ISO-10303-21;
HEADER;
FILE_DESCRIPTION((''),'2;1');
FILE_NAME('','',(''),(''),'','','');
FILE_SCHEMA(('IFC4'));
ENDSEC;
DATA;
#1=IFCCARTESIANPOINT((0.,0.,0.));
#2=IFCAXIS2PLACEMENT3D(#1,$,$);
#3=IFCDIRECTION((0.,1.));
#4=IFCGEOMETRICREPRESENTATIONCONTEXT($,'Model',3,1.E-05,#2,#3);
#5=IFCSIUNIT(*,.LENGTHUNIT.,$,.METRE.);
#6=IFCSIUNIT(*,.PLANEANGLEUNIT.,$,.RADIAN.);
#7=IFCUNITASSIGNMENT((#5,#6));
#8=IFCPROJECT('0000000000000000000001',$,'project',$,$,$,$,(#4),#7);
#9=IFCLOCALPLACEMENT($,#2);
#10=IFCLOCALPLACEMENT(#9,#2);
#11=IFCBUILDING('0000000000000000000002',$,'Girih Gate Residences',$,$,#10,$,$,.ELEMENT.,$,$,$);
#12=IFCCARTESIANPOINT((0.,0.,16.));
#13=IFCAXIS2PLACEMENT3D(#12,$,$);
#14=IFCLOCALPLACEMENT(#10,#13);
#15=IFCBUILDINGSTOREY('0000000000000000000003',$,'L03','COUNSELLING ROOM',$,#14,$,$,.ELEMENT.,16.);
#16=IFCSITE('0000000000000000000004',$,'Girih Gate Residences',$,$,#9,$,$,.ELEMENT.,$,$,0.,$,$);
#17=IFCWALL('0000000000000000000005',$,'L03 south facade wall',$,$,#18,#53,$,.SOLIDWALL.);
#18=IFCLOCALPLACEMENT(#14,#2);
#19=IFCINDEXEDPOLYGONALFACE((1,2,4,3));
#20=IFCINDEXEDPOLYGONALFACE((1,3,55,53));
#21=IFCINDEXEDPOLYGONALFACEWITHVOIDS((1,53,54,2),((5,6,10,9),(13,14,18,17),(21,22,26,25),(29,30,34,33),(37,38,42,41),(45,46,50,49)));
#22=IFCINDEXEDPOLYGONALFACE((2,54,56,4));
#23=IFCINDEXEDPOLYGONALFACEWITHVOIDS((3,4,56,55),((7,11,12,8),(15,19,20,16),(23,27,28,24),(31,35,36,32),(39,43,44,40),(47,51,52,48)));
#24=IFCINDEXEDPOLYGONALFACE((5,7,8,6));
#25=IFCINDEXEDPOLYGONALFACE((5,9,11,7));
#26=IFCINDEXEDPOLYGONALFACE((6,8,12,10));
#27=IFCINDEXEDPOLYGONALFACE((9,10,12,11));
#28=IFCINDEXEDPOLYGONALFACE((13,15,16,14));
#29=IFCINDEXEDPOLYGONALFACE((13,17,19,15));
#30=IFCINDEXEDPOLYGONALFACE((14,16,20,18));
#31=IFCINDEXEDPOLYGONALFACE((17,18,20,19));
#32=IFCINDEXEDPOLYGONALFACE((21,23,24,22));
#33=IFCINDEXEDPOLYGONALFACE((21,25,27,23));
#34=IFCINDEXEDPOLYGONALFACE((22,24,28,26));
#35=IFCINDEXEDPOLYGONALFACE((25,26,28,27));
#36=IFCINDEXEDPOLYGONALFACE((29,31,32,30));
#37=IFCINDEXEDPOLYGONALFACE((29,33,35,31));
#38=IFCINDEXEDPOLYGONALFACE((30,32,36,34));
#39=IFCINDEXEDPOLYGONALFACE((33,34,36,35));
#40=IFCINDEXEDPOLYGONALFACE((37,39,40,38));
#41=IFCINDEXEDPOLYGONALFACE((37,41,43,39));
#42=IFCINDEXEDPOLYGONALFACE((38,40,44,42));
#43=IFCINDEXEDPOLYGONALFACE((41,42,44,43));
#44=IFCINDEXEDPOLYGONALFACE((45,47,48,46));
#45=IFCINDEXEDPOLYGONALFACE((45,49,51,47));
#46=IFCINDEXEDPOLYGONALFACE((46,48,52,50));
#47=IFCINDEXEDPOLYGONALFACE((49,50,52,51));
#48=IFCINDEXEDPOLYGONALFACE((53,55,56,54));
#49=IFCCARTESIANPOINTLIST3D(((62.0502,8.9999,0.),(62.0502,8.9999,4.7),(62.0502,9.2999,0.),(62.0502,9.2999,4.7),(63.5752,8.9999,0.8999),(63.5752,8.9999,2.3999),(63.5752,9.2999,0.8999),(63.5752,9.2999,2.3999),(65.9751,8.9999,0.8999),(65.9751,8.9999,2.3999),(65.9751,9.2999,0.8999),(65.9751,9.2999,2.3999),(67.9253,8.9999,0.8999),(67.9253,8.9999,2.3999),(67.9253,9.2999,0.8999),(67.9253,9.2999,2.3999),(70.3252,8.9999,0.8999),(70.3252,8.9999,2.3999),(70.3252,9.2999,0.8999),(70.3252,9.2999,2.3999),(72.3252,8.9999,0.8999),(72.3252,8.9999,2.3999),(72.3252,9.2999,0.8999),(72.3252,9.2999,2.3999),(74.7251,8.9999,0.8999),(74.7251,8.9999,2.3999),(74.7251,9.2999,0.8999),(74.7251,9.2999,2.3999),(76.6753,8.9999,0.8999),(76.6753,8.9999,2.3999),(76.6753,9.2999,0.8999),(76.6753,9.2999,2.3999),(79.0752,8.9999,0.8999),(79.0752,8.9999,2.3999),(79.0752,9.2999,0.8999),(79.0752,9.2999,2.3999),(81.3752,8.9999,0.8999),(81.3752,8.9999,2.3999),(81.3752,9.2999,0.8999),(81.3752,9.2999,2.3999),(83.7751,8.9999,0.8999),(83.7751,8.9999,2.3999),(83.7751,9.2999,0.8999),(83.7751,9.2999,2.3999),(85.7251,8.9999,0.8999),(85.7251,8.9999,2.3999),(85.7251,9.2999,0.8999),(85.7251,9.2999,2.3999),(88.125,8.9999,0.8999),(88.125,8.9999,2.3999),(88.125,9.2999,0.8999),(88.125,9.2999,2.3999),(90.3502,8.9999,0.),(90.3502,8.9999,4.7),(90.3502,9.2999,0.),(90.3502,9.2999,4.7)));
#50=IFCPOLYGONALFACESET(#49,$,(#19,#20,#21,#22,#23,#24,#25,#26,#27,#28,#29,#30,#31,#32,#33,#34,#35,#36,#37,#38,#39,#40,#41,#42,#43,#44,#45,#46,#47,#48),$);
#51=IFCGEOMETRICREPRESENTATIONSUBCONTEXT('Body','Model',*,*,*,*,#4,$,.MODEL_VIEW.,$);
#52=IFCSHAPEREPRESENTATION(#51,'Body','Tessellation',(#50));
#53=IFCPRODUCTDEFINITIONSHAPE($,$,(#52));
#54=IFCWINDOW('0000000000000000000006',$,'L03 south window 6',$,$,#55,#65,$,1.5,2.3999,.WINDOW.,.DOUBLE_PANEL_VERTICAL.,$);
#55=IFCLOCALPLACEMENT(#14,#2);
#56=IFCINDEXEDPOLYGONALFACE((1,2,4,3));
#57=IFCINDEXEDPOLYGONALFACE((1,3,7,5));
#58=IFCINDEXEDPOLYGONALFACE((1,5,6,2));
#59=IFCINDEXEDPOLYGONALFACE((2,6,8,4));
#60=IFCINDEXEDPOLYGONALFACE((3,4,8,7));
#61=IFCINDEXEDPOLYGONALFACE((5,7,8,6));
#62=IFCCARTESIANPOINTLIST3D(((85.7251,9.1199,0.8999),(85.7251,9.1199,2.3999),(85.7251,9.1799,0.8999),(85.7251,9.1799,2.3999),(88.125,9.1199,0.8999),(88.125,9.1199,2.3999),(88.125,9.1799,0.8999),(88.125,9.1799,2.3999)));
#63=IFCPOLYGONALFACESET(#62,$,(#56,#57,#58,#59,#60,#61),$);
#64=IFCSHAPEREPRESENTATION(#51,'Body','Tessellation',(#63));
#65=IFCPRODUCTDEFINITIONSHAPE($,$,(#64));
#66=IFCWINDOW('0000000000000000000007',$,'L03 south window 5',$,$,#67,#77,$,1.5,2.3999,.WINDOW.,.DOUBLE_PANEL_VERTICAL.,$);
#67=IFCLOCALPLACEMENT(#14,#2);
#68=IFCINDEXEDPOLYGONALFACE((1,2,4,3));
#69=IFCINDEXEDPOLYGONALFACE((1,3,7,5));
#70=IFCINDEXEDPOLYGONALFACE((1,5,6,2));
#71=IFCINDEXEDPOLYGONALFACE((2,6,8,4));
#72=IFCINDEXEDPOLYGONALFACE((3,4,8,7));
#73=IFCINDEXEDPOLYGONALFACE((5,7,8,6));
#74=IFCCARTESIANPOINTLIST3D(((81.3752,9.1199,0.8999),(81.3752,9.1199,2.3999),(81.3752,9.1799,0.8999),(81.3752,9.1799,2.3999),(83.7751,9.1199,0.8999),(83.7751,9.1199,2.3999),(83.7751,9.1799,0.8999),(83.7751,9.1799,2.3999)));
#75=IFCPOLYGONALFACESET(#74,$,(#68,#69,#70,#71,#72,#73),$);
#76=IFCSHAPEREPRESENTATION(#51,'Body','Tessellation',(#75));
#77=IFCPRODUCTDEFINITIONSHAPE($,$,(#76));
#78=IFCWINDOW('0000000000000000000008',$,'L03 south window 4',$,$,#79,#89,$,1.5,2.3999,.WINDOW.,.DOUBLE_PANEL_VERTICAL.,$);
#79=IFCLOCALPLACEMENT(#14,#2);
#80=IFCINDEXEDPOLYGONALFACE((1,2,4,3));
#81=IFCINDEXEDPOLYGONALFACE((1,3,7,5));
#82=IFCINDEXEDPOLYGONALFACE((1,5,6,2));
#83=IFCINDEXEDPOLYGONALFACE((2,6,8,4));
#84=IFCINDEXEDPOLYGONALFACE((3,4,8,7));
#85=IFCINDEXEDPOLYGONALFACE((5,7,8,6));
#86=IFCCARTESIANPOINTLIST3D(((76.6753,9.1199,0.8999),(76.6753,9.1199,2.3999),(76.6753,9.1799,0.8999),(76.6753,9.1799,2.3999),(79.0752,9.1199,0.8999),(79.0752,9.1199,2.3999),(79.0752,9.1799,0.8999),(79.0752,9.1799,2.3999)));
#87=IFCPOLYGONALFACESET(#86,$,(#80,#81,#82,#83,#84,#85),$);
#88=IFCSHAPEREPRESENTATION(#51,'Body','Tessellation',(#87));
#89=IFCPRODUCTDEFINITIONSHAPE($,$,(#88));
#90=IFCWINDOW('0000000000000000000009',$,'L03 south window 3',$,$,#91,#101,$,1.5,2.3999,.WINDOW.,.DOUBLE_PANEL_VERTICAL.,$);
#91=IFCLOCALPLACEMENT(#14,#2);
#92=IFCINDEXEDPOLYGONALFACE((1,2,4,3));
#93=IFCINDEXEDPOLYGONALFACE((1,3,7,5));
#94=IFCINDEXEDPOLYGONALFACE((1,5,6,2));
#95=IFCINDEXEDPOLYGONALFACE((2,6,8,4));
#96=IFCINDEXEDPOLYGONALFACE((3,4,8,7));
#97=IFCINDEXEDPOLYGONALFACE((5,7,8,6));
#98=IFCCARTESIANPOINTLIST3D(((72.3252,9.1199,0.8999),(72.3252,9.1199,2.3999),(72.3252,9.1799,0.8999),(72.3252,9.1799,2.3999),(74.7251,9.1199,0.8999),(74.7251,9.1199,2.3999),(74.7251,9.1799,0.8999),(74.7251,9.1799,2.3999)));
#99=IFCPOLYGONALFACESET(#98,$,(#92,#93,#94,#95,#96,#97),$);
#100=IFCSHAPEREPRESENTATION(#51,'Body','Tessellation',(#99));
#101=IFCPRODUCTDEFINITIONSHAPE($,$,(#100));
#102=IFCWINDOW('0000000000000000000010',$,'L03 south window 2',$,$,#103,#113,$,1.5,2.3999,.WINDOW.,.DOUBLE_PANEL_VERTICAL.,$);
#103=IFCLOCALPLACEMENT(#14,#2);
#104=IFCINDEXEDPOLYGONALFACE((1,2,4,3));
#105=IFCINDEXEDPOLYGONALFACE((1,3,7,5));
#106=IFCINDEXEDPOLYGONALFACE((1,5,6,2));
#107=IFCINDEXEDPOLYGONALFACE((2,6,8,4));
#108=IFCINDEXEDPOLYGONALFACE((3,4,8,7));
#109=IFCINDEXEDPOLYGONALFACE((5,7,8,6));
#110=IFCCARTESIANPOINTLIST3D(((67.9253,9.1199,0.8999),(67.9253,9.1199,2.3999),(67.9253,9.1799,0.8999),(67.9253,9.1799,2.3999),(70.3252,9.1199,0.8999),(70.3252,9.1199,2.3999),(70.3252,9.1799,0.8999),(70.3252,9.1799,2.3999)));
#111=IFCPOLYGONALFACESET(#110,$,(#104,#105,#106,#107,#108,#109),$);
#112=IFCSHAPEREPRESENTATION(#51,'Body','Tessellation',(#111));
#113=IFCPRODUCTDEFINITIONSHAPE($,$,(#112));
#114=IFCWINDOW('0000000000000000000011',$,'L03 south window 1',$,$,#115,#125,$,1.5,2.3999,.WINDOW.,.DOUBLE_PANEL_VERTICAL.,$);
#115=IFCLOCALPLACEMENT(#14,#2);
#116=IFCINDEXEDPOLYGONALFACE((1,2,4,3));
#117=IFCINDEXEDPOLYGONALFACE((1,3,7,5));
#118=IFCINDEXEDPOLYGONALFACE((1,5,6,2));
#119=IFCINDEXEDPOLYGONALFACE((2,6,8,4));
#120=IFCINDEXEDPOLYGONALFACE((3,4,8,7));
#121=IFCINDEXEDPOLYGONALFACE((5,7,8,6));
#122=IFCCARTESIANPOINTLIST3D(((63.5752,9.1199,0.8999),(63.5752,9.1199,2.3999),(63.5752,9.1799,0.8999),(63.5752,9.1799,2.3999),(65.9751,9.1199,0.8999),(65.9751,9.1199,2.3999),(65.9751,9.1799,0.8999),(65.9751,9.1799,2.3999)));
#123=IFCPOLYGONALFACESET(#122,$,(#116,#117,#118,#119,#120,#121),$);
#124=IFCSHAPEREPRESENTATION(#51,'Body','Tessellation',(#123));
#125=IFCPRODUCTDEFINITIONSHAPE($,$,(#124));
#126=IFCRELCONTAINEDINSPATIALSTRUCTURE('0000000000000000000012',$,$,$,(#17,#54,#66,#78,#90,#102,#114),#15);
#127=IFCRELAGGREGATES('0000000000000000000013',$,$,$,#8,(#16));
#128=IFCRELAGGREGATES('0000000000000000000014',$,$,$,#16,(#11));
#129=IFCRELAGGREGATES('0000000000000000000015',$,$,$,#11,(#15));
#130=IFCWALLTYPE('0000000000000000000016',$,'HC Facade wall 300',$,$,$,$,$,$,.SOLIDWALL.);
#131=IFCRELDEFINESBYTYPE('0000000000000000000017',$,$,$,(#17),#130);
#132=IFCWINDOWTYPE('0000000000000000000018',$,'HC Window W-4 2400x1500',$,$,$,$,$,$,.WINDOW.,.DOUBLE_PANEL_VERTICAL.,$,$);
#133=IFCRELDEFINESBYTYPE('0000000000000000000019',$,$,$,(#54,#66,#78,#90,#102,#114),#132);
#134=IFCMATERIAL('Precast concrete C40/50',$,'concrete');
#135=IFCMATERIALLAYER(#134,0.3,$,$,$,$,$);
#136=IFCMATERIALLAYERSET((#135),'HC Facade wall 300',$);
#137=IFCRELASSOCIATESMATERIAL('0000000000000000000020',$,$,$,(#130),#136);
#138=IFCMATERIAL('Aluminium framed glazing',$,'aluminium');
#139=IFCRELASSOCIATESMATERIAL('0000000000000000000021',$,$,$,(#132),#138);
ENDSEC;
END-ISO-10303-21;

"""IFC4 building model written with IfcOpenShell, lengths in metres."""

from ifc_helpers import new_model, si_unit, direction, frame, frame_2d, origin, place, context, subcontext, project, spatial, rectangle, extrude, material, layer, layer_set, type_object, element, fill, save


model = new_model("IFC4")

# Units and contexts
model_context = context("Model", 3, precision=1e-05, world=origin(), true_north=direction((0.0, 1.0)))
body_context = subcontext(model_context, "Body", "Model", "MODEL_VIEW")
ifc_project = project(units=[si_unit("LENGTHUNIT", "METRE"), si_unit("PLANEANGLEUNIT", "RADIAN")], contexts=[model_context])

# Site, building, storey
site_placement = place(None, origin())
site = spatial("IfcSite", under=ifc_project, at=site_placement, Name="Girih Gate Residences", CompositionType="ELEMENT", RefElevation=0.0)
building_placement = place(site_placement, origin())
building = spatial("IfcBuilding", under=site, at=building_placement, Name="Girih Gate Residences", CompositionType="ELEMENT")
storey_placement = place(building_placement, frame((0.0, 0.0, 16.0)))
storey = spatial("IfcBuildingStorey", under=building, at=storey_placement, Name="L03", Description="COUNSELLING ROOM", CompositionType="ELEMENT", Elevation=16.0)

# Wall, openings, windows
ifc_material_1 = material(Name="Precast concrete C40/50", Category="concrete")
ifc_layer_1 = layer(ifc_material_1, 0.3)
ifc_layer_set_1 = layer_set([ifc_layer_1], Name="HC Facade wall 300")
wall_type_1 = type_object("IfcWallType", Name="HC Facade wall 300", PredefinedType="SOLIDWALL", material=ifc_layer_set_1)
wall_1_placement = place(storey_placement, frame((90.3501, 9.1499, 0.0), z_axis=(0.0, 0.0, 1.0), x_axis=(-1.0, 0.0, 0.0)))
wall_1 = element("IfcWall", 1, at=wall_1_placement, inside=storey, type_object=wall_type_1, Name="L03 south facade wall", PredefinedType="SOLIDWALL", context=body_context, shape_type="SweptSolid", body=[
    extrude(rectangle(XDim=28.3, YDim=0.3, at=frame_2d((14.1499, 0.0))), origin(), (0.0, 0.0, 1.0), 4.7),
])
opening_1_placement = place(wall_1_placement, frame((2.2251, 0.0, 0.8999)))
opening_1 = element("IfcOpeningElement", 2, at=opening_1_placement, cuts=wall_1, PredefinedType="OPENING", context=body_context, shape_type="SweptSolid", body=[
    extrude(rectangle(XDim=2.3999, YDim=1.5, at=frame_2d((1.2, 0.75))), frame((0.0, 0.1599, 0.0), z_axis=(0.0, -1.0, 0.0), x_axis=(1.0, 0.0, 0.0)), (0.0, 0.0, 1.0), 0.3201),
])
opening_2_placement = place(wall_1_placement, frame((6.575, 0.0, 0.8999)))
opening_2 = element("IfcOpeningElement", 3, at=opening_2_placement, cuts=wall_1, PredefinedType="OPENING", context=body_context, shape_type="SweptSolid", body=[
    extrude(rectangle(XDim=2.3999, YDim=1.5, at=frame_2d((1.2, 0.75))), frame((0.0, 0.1599, 0.0), z_axis=(0.0, -1.0, 0.0), x_axis=(1.0, 0.0, 0.0)), (0.0, 0.0, 1.0), 0.3201),
])
opening_3_placement = place(wall_1_placement, frame((11.2749, 0.0, 0.8999)))
opening_3 = element("IfcOpeningElement", 4, at=opening_3_placement, cuts=wall_1, PredefinedType="OPENING", context=body_context, shape_type="SweptSolid", body=[
    extrude(rectangle(XDim=2.3999, YDim=1.5, at=frame_2d((1.2, 0.75))), frame((0.0, 0.1599, 0.0), z_axis=(0.0, -1.0, 0.0), x_axis=(1.0, 0.0, 0.0)), (0.0, 0.0, 1.0), 0.3201),
])
opening_4_placement = place(wall_1_placement, frame((15.625, 0.0, 0.8999)))
opening_4 = element("IfcOpeningElement", 5, at=opening_4_placement, cuts=wall_1, PredefinedType="OPENING", context=body_context, shape_type="SweptSolid", body=[
    extrude(rectangle(XDim=2.3999, YDim=1.5, at=frame_2d((1.2, 0.75))), frame((0.0, 0.1599, 0.0), z_axis=(0.0, -1.0, 0.0), x_axis=(1.0, 0.0, 0.0)), (0.0, 0.0, 1.0), 0.3201),
])
opening_5_placement = place(wall_1_placement, frame((20.0249, 0.0, 0.8999)))
opening_5 = element("IfcOpeningElement", 6, at=opening_5_placement, cuts=wall_1, PredefinedType="OPENING", context=body_context, shape_type="SweptSolid", body=[
    extrude(rectangle(XDim=2.3999, YDim=1.5, at=frame_2d((1.2, 0.75))), frame((0.0, 0.1599, 0.0), z_axis=(0.0, -1.0, 0.0), x_axis=(1.0, 0.0, 0.0)), (0.0, 0.0, 1.0), 0.3201),
])
opening_6_placement = place(wall_1_placement, frame((24.375, 0.0, 0.8999)))
opening_6 = element("IfcOpeningElement", 7, at=opening_6_placement, cuts=wall_1, PredefinedType="OPENING", context=body_context, shape_type="SweptSolid", body=[
    extrude(rectangle(XDim=2.3999, YDim=1.5, at=frame_2d((1.2, 0.75))), frame((0.0, 0.1599, 0.0), z_axis=(0.0, -1.0, 0.0), x_axis=(1.0, 0.0, 0.0)), (0.0, 0.0, 1.0), 0.3201),
])
ifc_material_2 = material(Name="Aluminium framed glazing", Category="aluminium")
window_type = type_object("IfcWindowType", Name="HC Window W-4 2400x1500", PartitioningType="DOUBLE_PANEL_VERTICAL", PredefinedType="WINDOW", material=ifc_material_2)
window_1_placement = place(opening_1_placement, origin())
window_1 = element("IfcWindow", 8, at=window_1_placement, inside=storey, type_object=window_type, Name="L03 south window 6", OverallHeight=1.5, OverallWidth=2.3999, PartitioningType="DOUBLE_PANEL_VERTICAL", PredefinedType="WINDOW", context=body_context, shape_type="SweptSolid", body=[
    extrude(rectangle(XDim=2.3999, YDim=1.5, at=frame_2d((1.2, 0.75))), frame((0.0, 0.03, 0.0), z_axis=(0.0, -1.0, 0.0), x_axis=(1.0, 0.0, 0.0)), (0.0, 0.0, 1.0), 0.0601),
])
fill(opening_1, window_1)
window_2_placement = place(opening_2_placement, origin())
window_2 = element("IfcWindow", 9, at=window_2_placement, inside=storey, type_object=window_type, Name="L03 south window 5", OverallHeight=1.5, OverallWidth=2.3999, PartitioningType="DOUBLE_PANEL_VERTICAL", PredefinedType="WINDOW", context=body_context, shape_type="SweptSolid", body=[
    extrude(rectangle(XDim=2.3999, YDim=1.5, at=frame_2d((1.2, 0.75))), frame((0.0, 0.03, 0.0), z_axis=(0.0, -1.0, 0.0), x_axis=(1.0, 0.0, 0.0)), (0.0, 0.0, 1.0), 0.0601),
])
fill(opening_2, window_2)
window_3_placement = place(opening_3_placement, origin())
window_3 = element("IfcWindow", 10, at=window_3_placement, inside=storey, type_object=window_type, Name="L03 south window 4", OverallHeight=1.5, OverallWidth=2.3999, PartitioningType="DOUBLE_PANEL_VERTICAL", PredefinedType="WINDOW", context=body_context, shape_type="SweptSolid", body=[
    extrude(rectangle(XDim=2.3999, YDim=1.5, at=frame_2d((1.2, 0.75))), frame((0.0, 0.03, 0.0), z_axis=(0.0, -1.0, 0.0), x_axis=(1.0, 0.0, 0.0)), (0.0, 0.0, 1.0), 0.0601),
])
fill(opening_3, window_3)
window_4_placement = place(opening_4_placement, origin())
window_4 = element("IfcWindow", 11, at=window_4_placement, inside=storey, type_object=window_type, Name="L03 south window 3", OverallHeight=1.5, OverallWidth=2.3999, PartitioningType="DOUBLE_PANEL_VERTICAL", PredefinedType="WINDOW", context=body_context, shape_type="SweptSolid", body=[
    extrude(rectangle(XDim=2.3999, YDim=1.5, at=frame_2d((1.2, 0.75))), frame((0.0, 0.03, 0.0), z_axis=(0.0, -1.0, 0.0), x_axis=(1.0, 0.0, 0.0)), (0.0, 0.0, 1.0), 0.0601),
])
fill(opening_4, window_4)
window_5_placement = place(opening_5_placement, origin())
window_5 = element("IfcWindow", 12, at=window_5_placement, inside=storey, type_object=window_type, Name="L03 south window 2", OverallHeight=1.5, OverallWidth=2.3999, PartitioningType="DOUBLE_PANEL_VERTICAL", PredefinedType="WINDOW", context=body_context, shape_type="SweptSolid", body=[
    extrude(rectangle(XDim=2.3999, YDim=1.5, at=frame_2d((1.2, 0.75))), frame((0.0, 0.03, 0.0), z_axis=(0.0, -1.0, 0.0), x_axis=(1.0, 0.0, 0.0)), (0.0, 0.0, 1.0), 0.0601),
])
fill(opening_5, window_5)
window_6_placement = place(opening_6_placement, origin())
window_6 = element("IfcWindow", 13, at=window_6_placement, inside=storey, type_object=window_type, Name="L03 south window 1", OverallHeight=1.5, OverallWidth=2.3999, PartitioningType="DOUBLE_PANEL_VERTICAL", PredefinedType="WINDOW", context=body_context, shape_type="SweptSolid", body=[
    extrude(rectangle(XDim=2.3999, YDim=1.5, at=frame_2d((1.2, 0.75))), frame((0.0, 0.03, 0.0), z_axis=(0.0, -1.0, 0.0), x_axis=(1.0, 0.0, 0.0)), (0.0, 0.0, 1.0), 0.0601),
])
fill(opening_6, window_6)

save(model, "model.ifc")
